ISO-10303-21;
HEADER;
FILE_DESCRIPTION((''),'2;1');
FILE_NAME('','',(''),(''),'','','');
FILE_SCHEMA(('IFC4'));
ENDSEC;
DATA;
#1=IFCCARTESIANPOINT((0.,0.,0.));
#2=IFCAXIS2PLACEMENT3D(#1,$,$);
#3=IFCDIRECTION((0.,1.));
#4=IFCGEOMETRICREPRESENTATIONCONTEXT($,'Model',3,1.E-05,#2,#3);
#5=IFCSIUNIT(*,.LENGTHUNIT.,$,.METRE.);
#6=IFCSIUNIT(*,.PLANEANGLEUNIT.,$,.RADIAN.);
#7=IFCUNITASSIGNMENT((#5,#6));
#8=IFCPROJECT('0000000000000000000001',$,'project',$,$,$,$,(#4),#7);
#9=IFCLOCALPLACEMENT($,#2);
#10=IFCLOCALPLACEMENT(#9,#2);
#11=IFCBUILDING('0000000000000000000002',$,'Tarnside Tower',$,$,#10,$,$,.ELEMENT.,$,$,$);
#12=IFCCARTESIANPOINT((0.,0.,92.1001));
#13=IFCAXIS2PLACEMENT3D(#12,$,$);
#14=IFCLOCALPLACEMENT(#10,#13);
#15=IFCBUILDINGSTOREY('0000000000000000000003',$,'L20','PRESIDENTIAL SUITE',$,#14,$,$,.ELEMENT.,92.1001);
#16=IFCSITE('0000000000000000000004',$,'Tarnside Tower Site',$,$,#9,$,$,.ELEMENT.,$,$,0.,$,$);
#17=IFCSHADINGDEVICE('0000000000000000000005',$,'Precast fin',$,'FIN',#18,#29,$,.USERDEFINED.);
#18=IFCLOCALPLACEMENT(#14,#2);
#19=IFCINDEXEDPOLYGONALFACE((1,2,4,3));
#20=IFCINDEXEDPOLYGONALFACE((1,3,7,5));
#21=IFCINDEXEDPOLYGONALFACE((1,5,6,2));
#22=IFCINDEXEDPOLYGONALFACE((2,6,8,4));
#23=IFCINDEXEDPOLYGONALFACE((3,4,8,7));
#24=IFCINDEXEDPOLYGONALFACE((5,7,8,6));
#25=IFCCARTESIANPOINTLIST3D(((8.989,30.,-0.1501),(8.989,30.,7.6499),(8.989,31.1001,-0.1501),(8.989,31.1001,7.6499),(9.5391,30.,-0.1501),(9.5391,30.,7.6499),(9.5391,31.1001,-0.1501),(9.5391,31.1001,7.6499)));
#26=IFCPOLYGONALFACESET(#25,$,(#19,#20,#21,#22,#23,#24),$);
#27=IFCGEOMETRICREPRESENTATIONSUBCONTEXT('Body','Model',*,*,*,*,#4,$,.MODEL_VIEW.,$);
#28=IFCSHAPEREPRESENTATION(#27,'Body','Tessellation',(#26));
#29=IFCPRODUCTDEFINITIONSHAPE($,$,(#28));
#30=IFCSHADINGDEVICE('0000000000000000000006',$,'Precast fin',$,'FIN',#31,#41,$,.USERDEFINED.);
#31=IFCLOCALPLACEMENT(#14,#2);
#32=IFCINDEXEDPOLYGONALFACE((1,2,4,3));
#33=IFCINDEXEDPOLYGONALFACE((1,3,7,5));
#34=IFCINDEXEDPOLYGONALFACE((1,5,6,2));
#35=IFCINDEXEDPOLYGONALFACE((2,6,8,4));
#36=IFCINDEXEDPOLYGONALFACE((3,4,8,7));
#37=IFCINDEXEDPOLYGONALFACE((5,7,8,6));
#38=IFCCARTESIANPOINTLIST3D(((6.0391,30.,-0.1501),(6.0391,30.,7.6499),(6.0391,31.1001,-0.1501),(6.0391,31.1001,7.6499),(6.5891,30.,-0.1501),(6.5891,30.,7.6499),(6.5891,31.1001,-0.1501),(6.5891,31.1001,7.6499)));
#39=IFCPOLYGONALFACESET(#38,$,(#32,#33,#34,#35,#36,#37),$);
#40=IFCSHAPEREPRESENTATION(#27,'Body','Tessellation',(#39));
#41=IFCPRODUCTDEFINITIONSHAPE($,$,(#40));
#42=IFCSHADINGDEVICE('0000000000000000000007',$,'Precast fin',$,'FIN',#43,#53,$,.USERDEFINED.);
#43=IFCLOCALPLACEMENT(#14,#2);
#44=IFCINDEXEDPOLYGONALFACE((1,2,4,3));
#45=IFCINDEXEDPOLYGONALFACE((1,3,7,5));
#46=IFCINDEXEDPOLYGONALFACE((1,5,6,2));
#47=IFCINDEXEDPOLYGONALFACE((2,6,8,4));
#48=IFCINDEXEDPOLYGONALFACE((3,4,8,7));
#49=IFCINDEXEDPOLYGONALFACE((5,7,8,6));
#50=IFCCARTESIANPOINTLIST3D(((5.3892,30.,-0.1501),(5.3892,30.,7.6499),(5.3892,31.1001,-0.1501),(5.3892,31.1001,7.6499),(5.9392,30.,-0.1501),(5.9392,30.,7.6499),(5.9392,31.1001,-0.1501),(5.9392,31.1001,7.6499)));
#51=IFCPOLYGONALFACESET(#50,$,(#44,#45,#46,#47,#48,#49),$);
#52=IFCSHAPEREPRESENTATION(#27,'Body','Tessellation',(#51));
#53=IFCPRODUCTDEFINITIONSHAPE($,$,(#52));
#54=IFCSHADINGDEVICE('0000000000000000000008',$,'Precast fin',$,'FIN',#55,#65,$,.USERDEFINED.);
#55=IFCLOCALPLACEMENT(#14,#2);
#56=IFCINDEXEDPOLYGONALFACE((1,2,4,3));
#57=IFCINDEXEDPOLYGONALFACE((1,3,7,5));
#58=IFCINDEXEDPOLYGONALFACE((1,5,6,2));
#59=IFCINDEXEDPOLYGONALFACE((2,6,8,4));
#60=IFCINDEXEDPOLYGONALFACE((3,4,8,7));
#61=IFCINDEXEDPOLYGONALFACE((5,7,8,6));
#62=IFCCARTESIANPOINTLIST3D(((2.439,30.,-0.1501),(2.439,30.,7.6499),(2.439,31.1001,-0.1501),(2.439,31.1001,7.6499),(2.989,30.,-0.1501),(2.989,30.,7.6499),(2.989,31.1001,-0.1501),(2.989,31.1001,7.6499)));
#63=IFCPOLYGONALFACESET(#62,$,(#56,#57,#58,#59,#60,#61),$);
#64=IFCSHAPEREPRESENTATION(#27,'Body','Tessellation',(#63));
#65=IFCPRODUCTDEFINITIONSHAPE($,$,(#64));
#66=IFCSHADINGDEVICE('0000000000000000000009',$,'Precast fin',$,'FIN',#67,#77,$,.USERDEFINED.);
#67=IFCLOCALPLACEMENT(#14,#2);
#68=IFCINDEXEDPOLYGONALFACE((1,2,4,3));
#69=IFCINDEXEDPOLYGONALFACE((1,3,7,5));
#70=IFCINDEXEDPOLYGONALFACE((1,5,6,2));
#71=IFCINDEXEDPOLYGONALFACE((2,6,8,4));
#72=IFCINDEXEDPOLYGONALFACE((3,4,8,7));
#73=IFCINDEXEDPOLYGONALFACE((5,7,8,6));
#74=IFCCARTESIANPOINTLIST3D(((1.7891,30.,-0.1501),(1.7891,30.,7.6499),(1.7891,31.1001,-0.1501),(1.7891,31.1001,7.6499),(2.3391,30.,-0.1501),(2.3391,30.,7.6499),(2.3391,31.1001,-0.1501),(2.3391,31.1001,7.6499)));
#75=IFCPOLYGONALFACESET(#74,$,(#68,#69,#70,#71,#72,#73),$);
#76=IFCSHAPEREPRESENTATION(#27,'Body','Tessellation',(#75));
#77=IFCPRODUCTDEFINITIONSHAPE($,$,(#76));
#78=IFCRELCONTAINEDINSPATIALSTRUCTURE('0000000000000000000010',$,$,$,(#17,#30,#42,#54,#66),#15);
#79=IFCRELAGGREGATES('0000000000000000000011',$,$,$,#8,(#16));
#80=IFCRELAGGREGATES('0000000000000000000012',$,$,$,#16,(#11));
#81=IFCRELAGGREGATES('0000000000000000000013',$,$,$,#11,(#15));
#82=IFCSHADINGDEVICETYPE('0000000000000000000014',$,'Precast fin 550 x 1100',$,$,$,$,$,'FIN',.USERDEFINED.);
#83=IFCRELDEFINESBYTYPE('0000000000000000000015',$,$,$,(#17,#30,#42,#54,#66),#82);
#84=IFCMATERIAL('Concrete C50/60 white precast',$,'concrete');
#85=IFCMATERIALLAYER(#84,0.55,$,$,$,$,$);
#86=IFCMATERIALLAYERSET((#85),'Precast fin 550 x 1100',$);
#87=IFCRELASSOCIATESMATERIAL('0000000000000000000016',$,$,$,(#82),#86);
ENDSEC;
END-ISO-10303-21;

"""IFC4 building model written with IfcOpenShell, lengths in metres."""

from ifc_helpers import new_model, si_unit, direction, frame, origin, place, context, subcontext, project, spatial, polyline, outline, extrude, material, layer, layer_set, type_object, element, save


model = new_model("IFC4")

# Units and contexts
model_context = context("Model", 3, precision=1e-05, world=origin(), true_north=direction((0.0, 1.0)))
body_context = subcontext(model_context, "Body", "Model", "MODEL_VIEW")
ifc_project = project(units=[si_unit("LENGTHUNIT", "METRE"), si_unit("PLANEANGLEUNIT", "RADIAN")], contexts=[model_context])

# Site, building, storey
site_placement = place(None, origin())
site = spatial("IfcSite", under=ifc_project, at=site_placement, Name="Tarnside Tower Site", CompositionType="ELEMENT", RefElevation=0.0)
building_placement = place(site_placement, origin())
building = spatial("IfcBuilding", under=site, at=building_placement, Name="Tarnside Tower", CompositionType="ELEMENT")
storey_placement = place(building_placement, frame((0.0, 0.0, 92.1001)))
storey = spatial("IfcBuildingStorey", under=building, at=storey_placement, Name="L20", Description="PRESIDENTIAL SUITE", CompositionType="ELEMENT", Elevation=92.1001)

# Shading devices
ifc_material_1 = material(Name="Concrete C50/60 white precast", Category="concrete")
ifc_layer_1 = layer(ifc_material_1, 0.55)
ifc_layer_set_1 = layer_set([ifc_layer_1], Name="Precast fin 550 x 1100")
shading_device_type = type_object("IfcShadingDeviceType", Name="Precast fin 550 x 1100", ElementType="FIN", PredefinedType="USERDEFINED", material=ifc_layer_set_1)
for number, where, z_axis, x_axis, name in (
    (1, (9.2639, 30.0, -0.1501), (1.0, 0.0, 0.0), (0.0, 1.0, 0.0), "Precast fin"),
    (2, (6.314, 30.0, -0.1501), (1.0, 0.0, 0.0), (0.0, 1.0, 0.0), "Precast fin"),
    (3, (5.6641, 30.0, -0.1501), (1.0, 0.0, 0.0), (0.0, 1.0, 0.0), "Precast fin"),
    (4, (2.7139, 30.0, -0.1501), (1.0, 0.0, 0.0), (0.0, 1.0, 0.0), "Precast fin"),
    (5, (2.064, 30.0, -0.1501), (1.0, 0.0, 0.0), (0.0, 1.0, 0.0), "Precast fin"),
):
    element("IfcShadingDevice", number, at=place(storey_placement, frame(where, z_axis=z_axis, x_axis=x_axis)), inside=storey, type_object=shading_device_type, Name=name, ObjectType="FIN", PredefinedType="USERDEFINED", context=body_context, shape_type="SweptSolid", body=[
        extrude(outline(polyline([(0.0, 0.0), (1.1001, 0.0), (1.1001, 7.8), (0.0, 7.8), (0.0, 0.0)])), frame((0.0, 0.0, -0.2749)), (0.0, 0.0, 1.0), 0.55),
    ])

save(model, "model.ifc")
